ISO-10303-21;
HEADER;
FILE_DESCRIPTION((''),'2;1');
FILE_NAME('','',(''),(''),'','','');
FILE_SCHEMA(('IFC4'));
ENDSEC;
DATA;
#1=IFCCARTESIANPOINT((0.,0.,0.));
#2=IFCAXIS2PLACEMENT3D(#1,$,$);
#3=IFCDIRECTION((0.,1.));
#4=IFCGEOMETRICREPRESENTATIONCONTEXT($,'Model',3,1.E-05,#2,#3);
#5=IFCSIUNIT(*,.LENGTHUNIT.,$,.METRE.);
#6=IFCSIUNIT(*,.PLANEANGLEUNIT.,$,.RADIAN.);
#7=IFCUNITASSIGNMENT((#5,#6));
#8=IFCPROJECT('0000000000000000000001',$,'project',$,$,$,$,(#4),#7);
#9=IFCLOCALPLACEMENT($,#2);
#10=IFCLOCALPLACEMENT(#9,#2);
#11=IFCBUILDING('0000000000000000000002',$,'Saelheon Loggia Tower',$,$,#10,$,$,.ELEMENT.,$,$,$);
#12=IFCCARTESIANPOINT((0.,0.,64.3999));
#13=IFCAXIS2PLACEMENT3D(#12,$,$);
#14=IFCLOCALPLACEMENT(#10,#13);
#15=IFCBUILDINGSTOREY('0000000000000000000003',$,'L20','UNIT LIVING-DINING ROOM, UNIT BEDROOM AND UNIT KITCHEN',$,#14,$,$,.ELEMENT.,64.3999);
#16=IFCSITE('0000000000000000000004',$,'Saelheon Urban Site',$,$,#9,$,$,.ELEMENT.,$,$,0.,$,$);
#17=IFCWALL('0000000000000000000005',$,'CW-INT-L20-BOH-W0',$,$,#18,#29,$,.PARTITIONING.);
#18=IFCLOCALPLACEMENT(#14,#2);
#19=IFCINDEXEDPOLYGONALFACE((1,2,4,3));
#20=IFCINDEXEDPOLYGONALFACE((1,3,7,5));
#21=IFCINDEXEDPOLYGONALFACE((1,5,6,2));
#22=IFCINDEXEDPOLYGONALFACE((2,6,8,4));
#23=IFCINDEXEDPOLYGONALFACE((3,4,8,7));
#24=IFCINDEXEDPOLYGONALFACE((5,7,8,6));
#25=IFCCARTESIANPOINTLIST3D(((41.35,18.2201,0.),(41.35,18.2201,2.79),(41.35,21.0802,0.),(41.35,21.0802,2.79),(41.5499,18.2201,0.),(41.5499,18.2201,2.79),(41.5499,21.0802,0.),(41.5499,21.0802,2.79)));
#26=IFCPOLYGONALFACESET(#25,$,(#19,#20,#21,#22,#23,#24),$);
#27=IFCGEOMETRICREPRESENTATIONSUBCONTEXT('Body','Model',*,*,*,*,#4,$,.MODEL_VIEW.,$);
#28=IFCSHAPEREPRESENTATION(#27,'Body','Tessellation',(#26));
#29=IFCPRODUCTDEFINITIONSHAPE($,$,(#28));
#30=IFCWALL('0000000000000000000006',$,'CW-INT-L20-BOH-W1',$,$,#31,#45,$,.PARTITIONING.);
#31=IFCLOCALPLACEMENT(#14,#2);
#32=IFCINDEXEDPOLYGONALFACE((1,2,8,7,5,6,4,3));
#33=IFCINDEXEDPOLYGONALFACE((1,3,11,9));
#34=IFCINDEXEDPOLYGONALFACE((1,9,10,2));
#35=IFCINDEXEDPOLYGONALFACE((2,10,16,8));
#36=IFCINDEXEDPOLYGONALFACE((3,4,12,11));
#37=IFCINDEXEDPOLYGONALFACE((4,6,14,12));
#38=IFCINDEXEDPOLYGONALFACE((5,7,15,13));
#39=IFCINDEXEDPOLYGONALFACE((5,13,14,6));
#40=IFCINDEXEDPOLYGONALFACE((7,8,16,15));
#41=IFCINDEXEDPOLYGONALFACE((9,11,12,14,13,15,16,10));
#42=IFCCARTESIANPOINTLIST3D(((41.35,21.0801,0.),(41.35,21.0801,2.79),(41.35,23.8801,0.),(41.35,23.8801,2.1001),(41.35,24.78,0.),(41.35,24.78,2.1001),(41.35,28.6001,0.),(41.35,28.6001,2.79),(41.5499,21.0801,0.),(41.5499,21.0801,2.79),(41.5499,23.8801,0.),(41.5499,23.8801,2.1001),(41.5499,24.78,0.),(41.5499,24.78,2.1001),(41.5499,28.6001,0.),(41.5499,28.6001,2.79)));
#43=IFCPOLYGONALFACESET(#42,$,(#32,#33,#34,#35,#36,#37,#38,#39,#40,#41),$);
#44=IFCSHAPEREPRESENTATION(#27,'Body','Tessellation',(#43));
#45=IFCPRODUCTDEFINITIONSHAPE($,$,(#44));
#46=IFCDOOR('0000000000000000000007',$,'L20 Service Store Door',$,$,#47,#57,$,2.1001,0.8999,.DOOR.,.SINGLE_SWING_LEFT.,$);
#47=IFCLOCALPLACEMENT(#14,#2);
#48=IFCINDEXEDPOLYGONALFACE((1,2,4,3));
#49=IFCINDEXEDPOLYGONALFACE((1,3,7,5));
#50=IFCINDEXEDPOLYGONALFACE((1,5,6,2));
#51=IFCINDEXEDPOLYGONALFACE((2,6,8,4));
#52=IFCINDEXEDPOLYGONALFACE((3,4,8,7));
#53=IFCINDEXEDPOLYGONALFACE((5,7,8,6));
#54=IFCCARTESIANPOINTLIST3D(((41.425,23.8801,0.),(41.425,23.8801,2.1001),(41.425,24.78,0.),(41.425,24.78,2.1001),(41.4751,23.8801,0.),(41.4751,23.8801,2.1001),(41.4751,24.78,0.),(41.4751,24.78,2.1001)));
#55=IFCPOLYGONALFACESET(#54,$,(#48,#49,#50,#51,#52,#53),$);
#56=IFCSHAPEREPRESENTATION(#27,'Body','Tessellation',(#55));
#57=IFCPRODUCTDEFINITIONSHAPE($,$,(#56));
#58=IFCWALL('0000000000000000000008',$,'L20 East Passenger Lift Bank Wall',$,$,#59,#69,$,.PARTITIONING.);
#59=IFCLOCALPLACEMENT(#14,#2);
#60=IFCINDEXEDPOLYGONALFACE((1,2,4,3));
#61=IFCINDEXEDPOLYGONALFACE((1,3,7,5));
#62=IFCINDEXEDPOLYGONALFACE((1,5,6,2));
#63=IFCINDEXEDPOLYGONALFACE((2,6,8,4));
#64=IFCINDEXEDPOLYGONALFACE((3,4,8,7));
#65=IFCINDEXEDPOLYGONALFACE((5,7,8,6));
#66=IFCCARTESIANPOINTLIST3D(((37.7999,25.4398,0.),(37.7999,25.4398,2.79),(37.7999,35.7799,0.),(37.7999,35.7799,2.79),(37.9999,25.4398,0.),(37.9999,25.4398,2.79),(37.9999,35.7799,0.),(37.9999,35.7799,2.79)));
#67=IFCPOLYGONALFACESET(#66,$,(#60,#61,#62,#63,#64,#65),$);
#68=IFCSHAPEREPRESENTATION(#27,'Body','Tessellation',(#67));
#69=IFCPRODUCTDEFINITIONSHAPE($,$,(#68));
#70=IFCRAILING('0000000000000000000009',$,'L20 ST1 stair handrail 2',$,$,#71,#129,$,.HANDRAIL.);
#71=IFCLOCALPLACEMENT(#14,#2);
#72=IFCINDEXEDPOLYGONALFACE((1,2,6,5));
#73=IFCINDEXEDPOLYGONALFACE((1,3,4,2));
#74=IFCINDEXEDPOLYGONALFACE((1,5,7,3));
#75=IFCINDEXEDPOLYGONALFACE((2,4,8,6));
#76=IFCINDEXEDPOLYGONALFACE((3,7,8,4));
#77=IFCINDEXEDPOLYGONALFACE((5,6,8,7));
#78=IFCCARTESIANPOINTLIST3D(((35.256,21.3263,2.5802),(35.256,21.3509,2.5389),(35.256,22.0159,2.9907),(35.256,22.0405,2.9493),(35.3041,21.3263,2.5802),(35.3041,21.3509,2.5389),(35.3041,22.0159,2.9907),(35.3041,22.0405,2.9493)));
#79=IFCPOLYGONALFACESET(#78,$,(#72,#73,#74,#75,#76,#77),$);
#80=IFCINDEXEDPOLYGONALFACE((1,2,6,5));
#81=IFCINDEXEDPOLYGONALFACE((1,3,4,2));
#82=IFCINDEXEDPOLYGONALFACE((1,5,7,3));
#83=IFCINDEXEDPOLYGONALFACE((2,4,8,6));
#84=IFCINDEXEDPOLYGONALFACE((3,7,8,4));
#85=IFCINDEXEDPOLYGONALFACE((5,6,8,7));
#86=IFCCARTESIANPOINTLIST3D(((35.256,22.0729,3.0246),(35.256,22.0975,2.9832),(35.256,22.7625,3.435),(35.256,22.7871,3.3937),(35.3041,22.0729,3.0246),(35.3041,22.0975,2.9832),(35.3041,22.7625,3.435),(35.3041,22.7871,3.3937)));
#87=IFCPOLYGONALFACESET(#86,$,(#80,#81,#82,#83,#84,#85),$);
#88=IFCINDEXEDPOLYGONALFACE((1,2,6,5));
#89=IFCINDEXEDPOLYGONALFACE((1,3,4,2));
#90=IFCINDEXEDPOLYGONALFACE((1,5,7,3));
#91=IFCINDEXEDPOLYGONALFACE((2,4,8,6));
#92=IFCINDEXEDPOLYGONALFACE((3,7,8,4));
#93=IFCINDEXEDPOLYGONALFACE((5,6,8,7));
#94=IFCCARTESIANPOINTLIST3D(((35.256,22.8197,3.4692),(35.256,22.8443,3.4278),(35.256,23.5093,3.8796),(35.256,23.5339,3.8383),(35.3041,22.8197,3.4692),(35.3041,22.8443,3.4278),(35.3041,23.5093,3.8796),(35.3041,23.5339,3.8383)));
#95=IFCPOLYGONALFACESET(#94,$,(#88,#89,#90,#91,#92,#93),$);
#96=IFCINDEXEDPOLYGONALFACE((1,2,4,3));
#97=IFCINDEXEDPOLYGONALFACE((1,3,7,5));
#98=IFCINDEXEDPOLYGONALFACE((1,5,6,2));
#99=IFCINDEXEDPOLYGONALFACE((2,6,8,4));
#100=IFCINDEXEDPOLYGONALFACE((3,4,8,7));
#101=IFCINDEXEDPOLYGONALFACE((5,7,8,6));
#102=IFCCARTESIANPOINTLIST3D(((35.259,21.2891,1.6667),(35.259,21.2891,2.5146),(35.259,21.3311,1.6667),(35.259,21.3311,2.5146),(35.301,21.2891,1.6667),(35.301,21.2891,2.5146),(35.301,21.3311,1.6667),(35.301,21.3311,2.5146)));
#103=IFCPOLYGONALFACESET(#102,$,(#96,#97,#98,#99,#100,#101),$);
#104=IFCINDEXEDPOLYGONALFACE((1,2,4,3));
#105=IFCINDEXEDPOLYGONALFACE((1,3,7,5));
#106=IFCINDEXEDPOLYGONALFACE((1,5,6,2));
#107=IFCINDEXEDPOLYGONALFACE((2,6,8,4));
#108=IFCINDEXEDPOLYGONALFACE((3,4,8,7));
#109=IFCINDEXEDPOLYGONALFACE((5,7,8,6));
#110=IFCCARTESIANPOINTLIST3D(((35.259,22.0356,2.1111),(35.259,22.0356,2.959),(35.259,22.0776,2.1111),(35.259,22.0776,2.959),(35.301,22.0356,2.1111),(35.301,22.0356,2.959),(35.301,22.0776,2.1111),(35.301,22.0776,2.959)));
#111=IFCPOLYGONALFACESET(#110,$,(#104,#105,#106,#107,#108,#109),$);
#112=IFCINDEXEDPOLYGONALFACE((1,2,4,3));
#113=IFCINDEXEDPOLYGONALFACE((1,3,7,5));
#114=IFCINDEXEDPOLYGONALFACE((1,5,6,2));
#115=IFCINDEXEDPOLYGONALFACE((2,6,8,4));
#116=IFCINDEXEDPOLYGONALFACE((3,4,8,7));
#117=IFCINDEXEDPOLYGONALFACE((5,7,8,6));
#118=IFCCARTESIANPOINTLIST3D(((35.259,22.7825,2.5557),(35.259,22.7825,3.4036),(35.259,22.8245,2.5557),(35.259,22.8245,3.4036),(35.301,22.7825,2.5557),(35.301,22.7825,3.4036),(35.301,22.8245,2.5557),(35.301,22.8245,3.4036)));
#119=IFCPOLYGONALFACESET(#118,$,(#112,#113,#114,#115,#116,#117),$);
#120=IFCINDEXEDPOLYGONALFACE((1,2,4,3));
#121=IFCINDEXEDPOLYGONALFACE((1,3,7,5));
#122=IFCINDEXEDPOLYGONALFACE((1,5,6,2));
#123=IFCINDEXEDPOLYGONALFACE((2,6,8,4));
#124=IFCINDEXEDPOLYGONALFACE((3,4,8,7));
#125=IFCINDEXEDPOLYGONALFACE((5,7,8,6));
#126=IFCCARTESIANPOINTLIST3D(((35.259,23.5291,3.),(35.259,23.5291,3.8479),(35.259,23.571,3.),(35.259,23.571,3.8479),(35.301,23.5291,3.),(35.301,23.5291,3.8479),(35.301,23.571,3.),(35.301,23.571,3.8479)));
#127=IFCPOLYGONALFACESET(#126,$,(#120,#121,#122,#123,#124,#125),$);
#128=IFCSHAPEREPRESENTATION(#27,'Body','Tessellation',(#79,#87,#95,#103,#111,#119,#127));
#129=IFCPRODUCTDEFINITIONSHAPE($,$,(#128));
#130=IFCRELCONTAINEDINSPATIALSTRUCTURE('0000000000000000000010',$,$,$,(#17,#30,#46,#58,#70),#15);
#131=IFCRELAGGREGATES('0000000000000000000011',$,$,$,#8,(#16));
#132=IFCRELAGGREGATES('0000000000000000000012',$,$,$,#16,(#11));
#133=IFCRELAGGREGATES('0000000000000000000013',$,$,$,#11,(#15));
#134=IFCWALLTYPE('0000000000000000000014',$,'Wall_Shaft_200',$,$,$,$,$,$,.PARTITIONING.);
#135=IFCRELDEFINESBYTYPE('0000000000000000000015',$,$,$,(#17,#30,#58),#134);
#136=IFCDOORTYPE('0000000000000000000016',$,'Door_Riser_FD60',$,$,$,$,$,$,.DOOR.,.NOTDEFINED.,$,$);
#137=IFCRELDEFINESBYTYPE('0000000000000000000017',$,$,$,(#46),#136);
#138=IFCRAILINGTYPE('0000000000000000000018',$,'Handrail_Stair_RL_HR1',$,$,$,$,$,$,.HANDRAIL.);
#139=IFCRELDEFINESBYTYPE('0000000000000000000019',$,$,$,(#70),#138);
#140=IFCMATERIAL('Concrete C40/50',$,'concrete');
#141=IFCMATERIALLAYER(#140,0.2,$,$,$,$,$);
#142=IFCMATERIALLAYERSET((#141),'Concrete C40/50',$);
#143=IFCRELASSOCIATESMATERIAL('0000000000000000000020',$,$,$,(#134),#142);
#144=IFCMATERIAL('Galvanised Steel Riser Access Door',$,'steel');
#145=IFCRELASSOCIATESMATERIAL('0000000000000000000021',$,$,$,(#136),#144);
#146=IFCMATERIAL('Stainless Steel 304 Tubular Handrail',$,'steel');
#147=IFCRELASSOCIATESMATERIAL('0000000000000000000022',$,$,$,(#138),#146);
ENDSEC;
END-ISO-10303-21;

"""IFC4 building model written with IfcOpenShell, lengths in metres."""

from ifc_helpers import new_model, si_unit, direction, frame, frame_2d, origin, origin_2d, place, context, subcontext, project, spatial, rectangle, extrude, source, transform, mapped, material, layer, layer_set, type_object, element, fill, save


model = new_model("IFC4")

# Units and contexts
model_context = context("Model", 3, precision=1e-05, world=origin(), true_north=direction((0.0, 1.0)))
body_context = subcontext(model_context, "Body", "Model", "MODEL_VIEW")
ifc_project = project(units=[si_unit("LENGTHUNIT", "METRE"), si_unit("PLANEANGLEUNIT", "RADIAN")], contexts=[model_context])

# Site, building, storey
site_placement = place(None, origin())
site = spatial("IfcSite", under=ifc_project, at=site_placement, Name="Saelheon Urban Site", CompositionType="ELEMENT", RefElevation=0.0)
building_placement = place(site_placement, origin())
building = spatial("IfcBuilding", under=site, at=building_placement, Name="Saelheon Loggia Tower", CompositionType="ELEMENT")
storey_placement = place(building_placement, frame((0.0, 0.0, 64.3999)))
storey = spatial("IfcBuildingStorey", under=building, at=storey_placement, Name="L20", Description="UNIT LIVING-DINING ROOM, UNIT BEDROOM AND UNIT KITCHEN", CompositionType="ELEMENT", Elevation=64.3999)

# Wall
ifc_material_1 = material(Name="Concrete C40/50", Category="concrete")
ifc_layer_1 = layer(ifc_material_1, 0.2)
ifc_layer_set_1 = layer_set([ifc_layer_1], Name="Concrete C40/50")
wall_type_1 = type_object("IfcWallType", Name="Wall_Shaft_200", PredefinedType="PARTITIONING", material=ifc_layer_set_1)
wall_1_placement = place(storey_placement, frame((41.45, 18.22, 0.0), z_axis=(0.0, 0.0, 1.0), x_axis=(0.0, 1.0, 0.0)))
element("IfcWall", 1, at=wall_1_placement, inside=storey, type_object=wall_type_1, Name="CW-INT-L20-BOH-W0", PredefinedType="PARTITIONING", context=body_context, shape_type="SweptSolid", body=[
    extrude(rectangle(XDim=2.8601, YDim=0.2, at=frame_2d((1.4302, 0.0))), origin(), (0.0, 0.0, 1.0), 2.79),
])

# Wall, opening, door
wall_2_placement = place(storey_placement, frame((41.45, 21.0801, 0.0), z_axis=(0.0, 0.0, 1.0), x_axis=(0.0, 1.0, 0.0)))
wall_2 = element("IfcWall", 2, at=wall_2_placement, inside=storey, type_object=wall_type_1, Name="CW-INT-L20-BOH-W1", PredefinedType="PARTITIONING", context=body_context, shape_type="SweptSolid", body=[
    extrude(rectangle(XDim=7.52, YDim=0.2, at=frame_2d((3.76, 0.0))), origin(), (0.0, 0.0, 1.0), 2.79),
])
opening_1_placement = place(wall_2_placement, frame((2.8, 0.0, 0.0)))
opening_1 = element("IfcOpeningElement", 3, at=opening_1_placement, cuts=wall_2, PredefinedType="OPENING", context=body_context, shape_type="SweptSolid", body=[
    extrude(rectangle(XDim=0.8999, YDim=2.1001, at=frame_2d((0.45, 1.05))), frame((0.0, 0.1121, 0.0), z_axis=(0.0, -1.0, 0.0), x_axis=(1.0, 0.0, 0.0)), (0.0, 0.0, 1.0), 0.2239),
])
ifc_material_2 = material(Name="Galvanised Steel Riser Access Door", Category="steel")
door_type_1 = type_object("IfcDoorType", Name="Door_Riser_FD60", OperationType="NOTDEFINED", PredefinedType="DOOR", material=ifc_material_2)
shared_shape_1 = source(origin(), body_context, "Body", "SweptSolid", [
    extrude(rectangle(XDim=0.8999, YDim=2.1001, at=frame_2d((0.45, 1.05))), frame((0.0, 0.0249, 0.0), z_axis=(0.0, -1.0, 0.0), x_axis=(1.0, 0.0, 0.0)), (0.0, 0.0, 1.0), 0.05),
])
door_1_placement = place(opening_1_placement, origin())
door_1 = element("IfcDoor", 4, at=door_1_placement, inside=storey, type_object=door_type_1, Name="L20 Service Store Door", OperationType="SINGLE_SWING_LEFT", OverallHeight=2.1001, OverallWidth=0.8999, PredefinedType="DOOR", context=body_context, shape_type="MappedRepresentation", body=[
    mapped(shared_shape_1, transform((0.0, 0.0, 0.0), scale=1.0)),
])
fill(opening_1, door_1)

# Wall
wall_3_placement = place(storey_placement, frame((37.8999, 25.4399, 0.0), z_axis=(0.0, 0.0, 1.0), x_axis=(0.0, 1.0, 0.0)))
element("IfcWall", 5, at=wall_3_placement, inside=storey, type_object=wall_type_1, Name="L20 East Passenger Lift Bank Wall", PredefinedType="PARTITIONING", context=body_context, shape_type="SweptSolid", body=[
    extrude(rectangle(XDim=10.3401, YDim=0.2, at=frame_2d((5.1699, 0.0))), origin(), (0.0, 0.0, 1.0), 2.79),
])

# Railing
ifc_material_3 = material(Name="Stainless Steel 304 Tubular Handrail", Category="steel")
railing_type = type_object("IfcRailingType", Name="Handrail_Stair_RL_HR1", PredefinedType="HANDRAIL", material=ifc_material_3)
railing_placement = place(storey_placement, frame((35.28, 21.3101, 1.6667)))
element("IfcRailing", 6, at=railing_placement, inside=storey, type_object=railing_type, Name="L20 ST1 stair handrail 2", PredefinedType="HANDRAIL", context=body_context, shape_type="SweptSolid", body=[
    extrude(rectangle(XDim=0.0481, YDim=0.0481, at=origin_2d()), frame((0.0, 0.0286, 0.8928), z_axis=(0.0, 0.859306, 0.511462), x_axis=(-1.0, 0.0, 0.0)), (0.0, 0.0, 1.0), 0.8025),
    extrude(rectangle(XDim=0.0481, YDim=0.0481, at=origin_2d()), frame((0.0, 0.7751, 1.3372), z_axis=(0.0, 0.859306, 0.511462), x_axis=(-1.0, 0.0, 0.0)), (0.0, 0.0, 1.0), 0.8025),
    extrude(rectangle(XDim=0.0481, YDim=0.0481, at=origin_2d()), frame((0.0, 1.522, 1.7817), z_axis=(0.0, 0.859306, 0.511462), x_axis=(-1.0, 0.0, 0.0)), (0.0, 0.0, 1.0), 0.8025),
    extrude(rectangle(XDim=0.042, YDim=0.042, at=origin_2d()), origin(), (0.0, 0.0, 1.0), 0.8479),
    extrude(rectangle(XDim=0.042, YDim=0.042, at=origin_2d()), frame((0.0, 0.7466, 0.4443)), (0.0, 0.0, 1.0), 0.8479),
    extrude(rectangle(XDim=0.042, YDim=0.042, at=origin_2d()), frame((0.0, 1.4934, 0.8889)), (0.0, 0.0, 1.0), 0.8479),
    extrude(rectangle(XDim=0.042, YDim=0.042, at=origin_2d()), frame((0.0, 2.24, 1.3333)), (0.0, 0.0, 1.0), 0.8479),
])

save(model, "model.ifc")
